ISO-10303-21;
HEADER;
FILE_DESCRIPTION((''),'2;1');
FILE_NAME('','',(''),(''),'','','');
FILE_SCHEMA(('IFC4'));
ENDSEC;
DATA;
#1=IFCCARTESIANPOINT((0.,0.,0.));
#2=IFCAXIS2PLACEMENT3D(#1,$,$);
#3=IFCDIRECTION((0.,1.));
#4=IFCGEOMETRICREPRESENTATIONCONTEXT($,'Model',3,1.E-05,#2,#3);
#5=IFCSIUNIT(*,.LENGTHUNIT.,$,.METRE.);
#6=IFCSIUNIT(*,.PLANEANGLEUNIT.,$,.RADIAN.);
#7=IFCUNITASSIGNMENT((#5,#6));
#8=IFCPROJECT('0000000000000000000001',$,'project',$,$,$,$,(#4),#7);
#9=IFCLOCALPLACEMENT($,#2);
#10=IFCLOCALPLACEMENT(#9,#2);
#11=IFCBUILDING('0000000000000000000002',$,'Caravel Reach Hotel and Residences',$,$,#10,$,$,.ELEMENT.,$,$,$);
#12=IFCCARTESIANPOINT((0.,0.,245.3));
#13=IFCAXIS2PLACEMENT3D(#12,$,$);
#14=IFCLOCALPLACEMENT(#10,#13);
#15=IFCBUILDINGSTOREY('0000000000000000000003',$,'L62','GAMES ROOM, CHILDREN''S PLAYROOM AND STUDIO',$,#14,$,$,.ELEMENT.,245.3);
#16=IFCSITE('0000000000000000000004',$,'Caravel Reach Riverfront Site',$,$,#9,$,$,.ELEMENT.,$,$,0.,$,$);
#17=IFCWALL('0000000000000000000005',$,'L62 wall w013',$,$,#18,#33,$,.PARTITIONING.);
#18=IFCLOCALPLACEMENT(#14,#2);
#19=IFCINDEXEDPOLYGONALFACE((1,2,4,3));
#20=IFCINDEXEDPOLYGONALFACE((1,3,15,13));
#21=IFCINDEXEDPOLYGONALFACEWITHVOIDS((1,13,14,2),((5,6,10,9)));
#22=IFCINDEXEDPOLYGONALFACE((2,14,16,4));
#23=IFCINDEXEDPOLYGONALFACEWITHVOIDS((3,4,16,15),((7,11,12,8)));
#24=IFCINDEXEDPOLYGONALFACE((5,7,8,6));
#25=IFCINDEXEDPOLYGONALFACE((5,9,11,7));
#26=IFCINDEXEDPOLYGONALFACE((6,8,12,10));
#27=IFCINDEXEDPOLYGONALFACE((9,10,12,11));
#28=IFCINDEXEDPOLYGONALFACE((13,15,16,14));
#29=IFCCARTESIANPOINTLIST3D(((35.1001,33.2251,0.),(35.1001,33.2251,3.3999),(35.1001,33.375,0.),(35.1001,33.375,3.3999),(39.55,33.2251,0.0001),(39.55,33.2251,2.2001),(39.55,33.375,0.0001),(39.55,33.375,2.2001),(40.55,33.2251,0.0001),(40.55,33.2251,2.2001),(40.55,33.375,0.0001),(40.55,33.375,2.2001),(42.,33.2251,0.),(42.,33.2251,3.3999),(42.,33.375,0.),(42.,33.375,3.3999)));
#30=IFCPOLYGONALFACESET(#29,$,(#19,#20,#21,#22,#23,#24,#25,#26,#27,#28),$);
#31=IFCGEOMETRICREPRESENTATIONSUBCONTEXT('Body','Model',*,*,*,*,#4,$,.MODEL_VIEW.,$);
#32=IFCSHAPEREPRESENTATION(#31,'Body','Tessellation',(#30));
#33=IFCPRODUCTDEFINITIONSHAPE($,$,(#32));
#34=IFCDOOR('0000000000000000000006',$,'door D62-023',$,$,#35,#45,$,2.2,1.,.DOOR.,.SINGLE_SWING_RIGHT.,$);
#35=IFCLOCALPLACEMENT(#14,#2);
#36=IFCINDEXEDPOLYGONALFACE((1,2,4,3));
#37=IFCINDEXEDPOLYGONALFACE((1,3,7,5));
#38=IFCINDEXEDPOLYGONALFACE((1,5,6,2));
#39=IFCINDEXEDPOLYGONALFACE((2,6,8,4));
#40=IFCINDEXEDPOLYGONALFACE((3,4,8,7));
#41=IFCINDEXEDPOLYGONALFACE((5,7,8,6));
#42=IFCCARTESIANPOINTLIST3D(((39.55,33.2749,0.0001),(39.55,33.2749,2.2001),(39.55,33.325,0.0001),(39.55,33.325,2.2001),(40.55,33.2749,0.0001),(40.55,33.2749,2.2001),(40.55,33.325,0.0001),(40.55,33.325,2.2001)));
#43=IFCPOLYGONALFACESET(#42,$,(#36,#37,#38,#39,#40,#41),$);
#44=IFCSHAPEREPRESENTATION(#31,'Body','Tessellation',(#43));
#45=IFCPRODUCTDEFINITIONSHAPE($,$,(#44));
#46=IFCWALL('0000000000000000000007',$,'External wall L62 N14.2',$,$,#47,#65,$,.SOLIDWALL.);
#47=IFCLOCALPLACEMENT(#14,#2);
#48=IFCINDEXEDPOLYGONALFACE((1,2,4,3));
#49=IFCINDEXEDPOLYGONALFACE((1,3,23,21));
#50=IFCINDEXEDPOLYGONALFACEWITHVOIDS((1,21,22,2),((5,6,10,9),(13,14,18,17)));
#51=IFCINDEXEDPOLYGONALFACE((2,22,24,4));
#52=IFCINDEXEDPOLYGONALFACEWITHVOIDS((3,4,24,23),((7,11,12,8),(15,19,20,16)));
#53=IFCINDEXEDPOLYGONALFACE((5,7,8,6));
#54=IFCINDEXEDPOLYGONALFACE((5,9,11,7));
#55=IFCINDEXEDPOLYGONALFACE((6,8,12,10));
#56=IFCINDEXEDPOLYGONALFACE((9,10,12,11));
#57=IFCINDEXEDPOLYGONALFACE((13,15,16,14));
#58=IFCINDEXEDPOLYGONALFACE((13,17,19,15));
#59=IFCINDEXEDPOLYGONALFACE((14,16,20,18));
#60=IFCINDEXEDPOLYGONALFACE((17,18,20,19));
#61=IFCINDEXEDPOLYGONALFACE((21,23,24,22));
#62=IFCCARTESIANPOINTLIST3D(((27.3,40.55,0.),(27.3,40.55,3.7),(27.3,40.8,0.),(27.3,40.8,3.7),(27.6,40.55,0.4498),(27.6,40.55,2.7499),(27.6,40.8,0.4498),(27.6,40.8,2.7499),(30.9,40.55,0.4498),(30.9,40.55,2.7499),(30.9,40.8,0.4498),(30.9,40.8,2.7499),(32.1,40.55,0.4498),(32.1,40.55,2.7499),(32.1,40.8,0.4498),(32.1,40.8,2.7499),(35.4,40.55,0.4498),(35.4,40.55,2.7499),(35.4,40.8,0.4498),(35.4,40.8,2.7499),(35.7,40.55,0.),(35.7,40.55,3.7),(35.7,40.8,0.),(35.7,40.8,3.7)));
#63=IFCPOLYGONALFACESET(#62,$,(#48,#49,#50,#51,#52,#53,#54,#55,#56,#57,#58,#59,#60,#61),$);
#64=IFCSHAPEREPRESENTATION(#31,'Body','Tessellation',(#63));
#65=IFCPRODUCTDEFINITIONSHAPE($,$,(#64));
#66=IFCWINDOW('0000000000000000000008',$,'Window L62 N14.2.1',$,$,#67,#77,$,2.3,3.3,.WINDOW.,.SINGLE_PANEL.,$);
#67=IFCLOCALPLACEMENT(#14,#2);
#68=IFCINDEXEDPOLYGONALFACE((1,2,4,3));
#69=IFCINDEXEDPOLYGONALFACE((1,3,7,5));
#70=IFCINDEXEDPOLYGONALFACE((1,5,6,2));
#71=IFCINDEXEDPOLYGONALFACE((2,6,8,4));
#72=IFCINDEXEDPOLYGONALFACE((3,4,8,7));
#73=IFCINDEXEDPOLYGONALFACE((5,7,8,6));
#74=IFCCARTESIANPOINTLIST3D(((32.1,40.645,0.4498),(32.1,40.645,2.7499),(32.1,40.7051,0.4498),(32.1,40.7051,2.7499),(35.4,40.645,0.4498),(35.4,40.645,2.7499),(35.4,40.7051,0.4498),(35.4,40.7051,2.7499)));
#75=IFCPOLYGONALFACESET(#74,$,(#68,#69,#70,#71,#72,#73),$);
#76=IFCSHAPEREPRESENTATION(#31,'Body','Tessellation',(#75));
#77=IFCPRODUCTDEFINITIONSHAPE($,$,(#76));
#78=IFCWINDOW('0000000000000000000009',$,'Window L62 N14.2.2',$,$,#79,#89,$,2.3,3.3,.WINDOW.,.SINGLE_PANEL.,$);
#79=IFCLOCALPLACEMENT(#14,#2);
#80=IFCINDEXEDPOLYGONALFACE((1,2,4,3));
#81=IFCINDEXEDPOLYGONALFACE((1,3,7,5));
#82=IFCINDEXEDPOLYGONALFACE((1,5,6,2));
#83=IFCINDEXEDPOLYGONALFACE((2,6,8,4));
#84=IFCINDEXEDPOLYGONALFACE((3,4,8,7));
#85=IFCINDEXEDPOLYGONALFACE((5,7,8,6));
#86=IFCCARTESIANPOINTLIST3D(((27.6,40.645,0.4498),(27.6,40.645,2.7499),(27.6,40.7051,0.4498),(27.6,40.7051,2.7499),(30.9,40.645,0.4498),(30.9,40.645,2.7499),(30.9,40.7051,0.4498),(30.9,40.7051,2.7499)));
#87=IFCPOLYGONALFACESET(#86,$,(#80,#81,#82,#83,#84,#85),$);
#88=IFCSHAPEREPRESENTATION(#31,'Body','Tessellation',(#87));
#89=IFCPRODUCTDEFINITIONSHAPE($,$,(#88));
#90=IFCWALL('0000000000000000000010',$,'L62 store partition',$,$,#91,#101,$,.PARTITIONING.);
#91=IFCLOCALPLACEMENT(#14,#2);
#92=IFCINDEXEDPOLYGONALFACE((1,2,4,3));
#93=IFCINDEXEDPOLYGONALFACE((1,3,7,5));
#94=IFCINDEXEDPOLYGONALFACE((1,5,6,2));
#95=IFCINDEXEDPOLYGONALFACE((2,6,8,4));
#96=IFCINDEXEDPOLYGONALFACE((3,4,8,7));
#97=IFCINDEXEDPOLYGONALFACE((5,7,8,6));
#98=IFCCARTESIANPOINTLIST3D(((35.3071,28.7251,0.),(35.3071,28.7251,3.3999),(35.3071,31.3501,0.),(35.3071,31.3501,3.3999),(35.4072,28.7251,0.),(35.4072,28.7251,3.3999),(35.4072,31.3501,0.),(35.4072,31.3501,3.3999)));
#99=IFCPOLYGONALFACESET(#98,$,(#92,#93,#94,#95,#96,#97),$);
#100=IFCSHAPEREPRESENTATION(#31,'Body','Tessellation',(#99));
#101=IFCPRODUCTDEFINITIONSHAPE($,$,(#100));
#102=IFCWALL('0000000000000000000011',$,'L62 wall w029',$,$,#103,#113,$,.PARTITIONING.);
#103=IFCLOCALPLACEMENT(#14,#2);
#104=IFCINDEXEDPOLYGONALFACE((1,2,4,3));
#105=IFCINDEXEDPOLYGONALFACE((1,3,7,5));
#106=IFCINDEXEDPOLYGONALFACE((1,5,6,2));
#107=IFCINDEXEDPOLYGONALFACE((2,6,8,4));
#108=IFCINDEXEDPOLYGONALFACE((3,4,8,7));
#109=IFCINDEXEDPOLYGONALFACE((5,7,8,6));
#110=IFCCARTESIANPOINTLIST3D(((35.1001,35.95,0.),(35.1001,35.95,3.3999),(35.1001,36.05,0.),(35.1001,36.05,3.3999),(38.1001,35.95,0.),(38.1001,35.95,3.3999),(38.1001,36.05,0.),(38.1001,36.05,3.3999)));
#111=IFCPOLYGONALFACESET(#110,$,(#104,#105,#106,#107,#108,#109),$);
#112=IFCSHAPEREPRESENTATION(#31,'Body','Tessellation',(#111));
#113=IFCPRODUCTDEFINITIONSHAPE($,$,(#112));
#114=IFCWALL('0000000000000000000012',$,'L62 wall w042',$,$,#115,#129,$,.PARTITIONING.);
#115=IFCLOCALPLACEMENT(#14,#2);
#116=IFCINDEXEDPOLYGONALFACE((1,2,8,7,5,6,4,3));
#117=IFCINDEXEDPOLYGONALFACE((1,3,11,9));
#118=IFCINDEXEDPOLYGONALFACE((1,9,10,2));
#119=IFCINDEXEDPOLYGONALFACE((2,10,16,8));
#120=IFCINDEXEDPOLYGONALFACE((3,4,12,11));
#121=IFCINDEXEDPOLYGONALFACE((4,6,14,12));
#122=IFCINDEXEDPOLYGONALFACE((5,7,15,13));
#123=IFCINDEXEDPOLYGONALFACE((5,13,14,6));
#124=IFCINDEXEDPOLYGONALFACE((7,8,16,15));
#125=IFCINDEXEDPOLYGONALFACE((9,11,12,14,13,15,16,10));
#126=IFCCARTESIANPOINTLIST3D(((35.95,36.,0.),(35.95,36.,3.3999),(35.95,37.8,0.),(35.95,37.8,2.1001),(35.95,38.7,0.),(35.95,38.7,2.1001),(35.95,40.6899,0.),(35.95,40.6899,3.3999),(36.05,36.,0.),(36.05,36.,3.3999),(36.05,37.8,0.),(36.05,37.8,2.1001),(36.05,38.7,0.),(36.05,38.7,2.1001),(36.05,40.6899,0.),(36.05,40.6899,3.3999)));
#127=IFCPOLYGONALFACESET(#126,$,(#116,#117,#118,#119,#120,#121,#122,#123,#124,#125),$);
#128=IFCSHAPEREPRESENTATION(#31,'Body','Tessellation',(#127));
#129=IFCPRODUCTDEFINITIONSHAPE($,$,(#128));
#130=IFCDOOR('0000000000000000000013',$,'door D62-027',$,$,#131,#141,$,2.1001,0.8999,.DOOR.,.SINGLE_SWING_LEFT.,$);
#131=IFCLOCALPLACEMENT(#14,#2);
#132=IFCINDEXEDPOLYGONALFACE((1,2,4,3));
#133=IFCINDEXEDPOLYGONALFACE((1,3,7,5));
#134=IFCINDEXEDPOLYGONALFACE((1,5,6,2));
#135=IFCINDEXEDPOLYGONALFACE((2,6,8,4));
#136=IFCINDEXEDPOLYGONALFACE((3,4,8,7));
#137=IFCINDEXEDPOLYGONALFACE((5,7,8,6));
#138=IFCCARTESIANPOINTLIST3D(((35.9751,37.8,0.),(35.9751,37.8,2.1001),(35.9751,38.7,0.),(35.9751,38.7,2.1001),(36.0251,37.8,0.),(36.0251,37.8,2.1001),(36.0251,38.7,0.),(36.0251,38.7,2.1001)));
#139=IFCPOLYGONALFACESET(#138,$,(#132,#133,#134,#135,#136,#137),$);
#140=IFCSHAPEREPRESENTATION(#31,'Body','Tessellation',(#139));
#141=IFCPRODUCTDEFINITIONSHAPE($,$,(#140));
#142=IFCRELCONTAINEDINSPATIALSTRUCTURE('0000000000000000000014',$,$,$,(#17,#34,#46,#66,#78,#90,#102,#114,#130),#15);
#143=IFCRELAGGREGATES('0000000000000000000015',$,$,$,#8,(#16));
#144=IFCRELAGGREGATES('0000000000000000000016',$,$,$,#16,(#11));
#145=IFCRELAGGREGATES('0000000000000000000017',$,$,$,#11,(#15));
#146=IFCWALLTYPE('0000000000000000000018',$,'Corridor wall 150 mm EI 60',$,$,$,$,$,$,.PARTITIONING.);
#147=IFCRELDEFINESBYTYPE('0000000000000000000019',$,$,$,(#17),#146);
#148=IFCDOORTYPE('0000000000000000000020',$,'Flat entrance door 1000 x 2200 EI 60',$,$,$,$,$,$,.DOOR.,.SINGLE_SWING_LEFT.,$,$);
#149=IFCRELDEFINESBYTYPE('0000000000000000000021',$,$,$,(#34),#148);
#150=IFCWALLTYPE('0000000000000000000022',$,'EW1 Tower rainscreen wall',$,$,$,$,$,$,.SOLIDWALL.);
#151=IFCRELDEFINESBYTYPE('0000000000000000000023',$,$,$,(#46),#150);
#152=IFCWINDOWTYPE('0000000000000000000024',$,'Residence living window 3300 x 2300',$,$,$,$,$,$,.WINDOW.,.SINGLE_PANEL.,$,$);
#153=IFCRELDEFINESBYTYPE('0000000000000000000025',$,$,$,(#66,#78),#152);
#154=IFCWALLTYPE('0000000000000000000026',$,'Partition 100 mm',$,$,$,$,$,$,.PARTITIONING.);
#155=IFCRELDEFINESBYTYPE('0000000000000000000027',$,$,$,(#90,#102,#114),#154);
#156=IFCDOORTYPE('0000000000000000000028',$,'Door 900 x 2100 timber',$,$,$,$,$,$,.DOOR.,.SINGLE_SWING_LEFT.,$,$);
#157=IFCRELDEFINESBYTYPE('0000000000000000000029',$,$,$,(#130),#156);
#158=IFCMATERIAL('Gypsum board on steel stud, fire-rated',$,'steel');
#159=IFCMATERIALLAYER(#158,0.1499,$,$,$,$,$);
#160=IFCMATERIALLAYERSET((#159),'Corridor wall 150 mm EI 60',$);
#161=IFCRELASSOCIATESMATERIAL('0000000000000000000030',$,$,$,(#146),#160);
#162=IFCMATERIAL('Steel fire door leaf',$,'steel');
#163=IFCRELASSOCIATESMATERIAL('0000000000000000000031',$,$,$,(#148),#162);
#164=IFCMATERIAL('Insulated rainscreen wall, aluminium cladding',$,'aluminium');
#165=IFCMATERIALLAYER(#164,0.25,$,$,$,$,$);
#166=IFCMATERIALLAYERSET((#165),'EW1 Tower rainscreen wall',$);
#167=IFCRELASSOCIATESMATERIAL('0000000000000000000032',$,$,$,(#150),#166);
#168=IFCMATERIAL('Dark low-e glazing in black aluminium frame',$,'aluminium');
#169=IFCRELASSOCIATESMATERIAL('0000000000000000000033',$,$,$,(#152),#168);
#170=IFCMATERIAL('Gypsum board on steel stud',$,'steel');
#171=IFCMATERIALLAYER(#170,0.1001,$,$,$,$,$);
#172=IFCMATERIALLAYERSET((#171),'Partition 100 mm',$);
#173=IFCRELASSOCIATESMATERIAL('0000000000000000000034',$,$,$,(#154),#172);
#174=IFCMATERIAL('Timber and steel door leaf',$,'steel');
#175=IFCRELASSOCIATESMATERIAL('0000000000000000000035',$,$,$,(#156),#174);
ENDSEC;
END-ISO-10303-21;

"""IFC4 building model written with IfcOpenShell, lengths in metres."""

from ifc_helpers import new_model, si_unit, direction, frame, frame_2d, origin, place, context, subcontext, project, spatial, rectangle, extrude, material, layer, layer_set, type_object, element, fill, save


model = new_model("IFC4")

# Units and contexts
model_context = context("Model", 3, precision=1e-05, world=origin(), true_north=direction((0.0, 1.0)))
body_context = subcontext(model_context, "Body", "Model", "MODEL_VIEW")
ifc_project = project(units=[si_unit("LENGTHUNIT", "METRE"), si_unit("PLANEANGLEUNIT", "RADIAN")], contexts=[model_context])

# Site, building, storey
site_placement = place(None, origin())
site = spatial("IfcSite", under=ifc_project, at=site_placement, Name="Caravel Reach Riverfront Site", CompositionType="ELEMENT", RefElevation=0.0)
building_placement = place(site_placement, origin())
building = spatial("IfcBuilding", under=site, at=building_placement, Name="Caravel Reach Hotel and Residences", CompositionType="ELEMENT")
storey_placement = place(building_placement, frame((0.0, 0.0, 245.3)))
storey = spatial("IfcBuildingStorey", under=building, at=storey_placement, Name="L62", Description="GAMES ROOM, CHILDREN'S PLAYROOM AND STUDIO", CompositionType="ELEMENT", Elevation=245.3)

# Wall, opening, door
ifc_material_1 = material(Name="Gypsum board on steel stud, fire-rated", Category="steel")
ifc_layer_1 = layer(ifc_material_1, 0.1499)
ifc_layer_set_1 = layer_set([ifc_layer_1], Name="Corridor wall 150 mm EI 60")
wall_type_1 = type_object("IfcWallType", Name="Corridor wall 150 mm EI 60", PredefinedType="PARTITIONING", material=ifc_layer_set_1)
wall_1_placement = place(storey_placement, frame((35.1001, 33.3, 0.0), z_axis=(0.0, 0.0, 1.0), x_axis=(1.0, 0.0, 0.0)))
wall_1 = element("IfcWall", 1, at=wall_1_placement, inside=storey, type_object=wall_type_1, Name="L62 wall w013", PredefinedType="PARTITIONING", context=body_context, shape_type="SweptSolid", body=[
    extrude(rectangle(XDim=6.8999, YDim=0.1499, at=frame_2d((3.45, 0.0))), origin(), (0.0, 0.0, 1.0), 3.3999),
])
opening_1_placement = place(wall_1_placement, frame((4.45, 0.0, 0.0)))
opening_1 = element("IfcOpeningElement", 2, at=opening_1_placement, cuts=wall_1, PredefinedType="OPENING", context=body_context, shape_type="SweptSolid", body=[
    extrude(rectangle(XDim=1.0, YDim=2.2, at=frame_2d((0.5, 1.1001))), frame((0.0, 0.085, 0.0), z_axis=(0.0, -1.0, 0.0), x_axis=(1.0, 0.0, 0.0)), (0.0, 0.0, 1.0), 0.1699),
])
ifc_material_2 = material(Name="Steel fire door leaf", Category="steel")
door_type_1 = type_object("IfcDoorType", Name="Flat entrance door 1000 x 2200 EI 60", OperationType="SINGLE_SWING_LEFT", PredefinedType="DOOR", material=ifc_material_2)
door_1_placement = place(opening_1_placement, origin())
door_1 = element("IfcDoor", 3, at=door_1_placement, inside=storey, type_object=door_type_1, Name="door D62-023", OperationType="SINGLE_SWING_RIGHT", OverallHeight=2.2, OverallWidth=1.0, PredefinedType="DOOR", context=body_context, shape_type="SweptSolid", body=[
    extrude(rectangle(XDim=1.0, YDim=2.2, at=frame_2d((0.5, 1.1001))), frame((0.0, 0.0249, 0.0), z_axis=(0.0, -1.0, 0.0), x_axis=(1.0, 0.0, 0.0)), (0.0, 0.0, 1.0), 0.05),
])
fill(opening_1, door_1)

# Wall, openings, windows
ifc_material_3 = material(Name="Insulated rainscreen wall, aluminium cladding", Category="aluminium")
ifc_layer_2 = layer(ifc_material_3, 0.25)
ifc_layer_set_2 = layer_set([ifc_layer_2], Name="EW1 Tower rainscreen wall")
wall_type_2 = type_object("IfcWallType", Name="EW1 Tower rainscreen wall", PredefinedType="SOLIDWALL", material=ifc_layer_set_2)
wall_2_placement = place(storey_placement, frame((35.7, 40.675, 0.0), z_axis=(0.0, 0.0, 1.0), x_axis=(-1.0, 0.0, 0.0)))
wall_2 = element("IfcWall", 4, at=wall_2_placement, inside=storey, type_object=wall_type_2, Name="External wall L62 N14.2", PredefinedType="SOLIDWALL", context=body_context, shape_type="SweptSolid", body=[
    extrude(rectangle(XDim=8.3999, YDim=0.25, at=frame_2d((4.2, 0.0))), origin(), (0.0, 0.0, 1.0), 3.7),
])
opening_2_placement = place(wall_2_placement, frame((0.3, 0.0, 0.45)))
opening_2 = element("IfcOpeningElement", 5, at=opening_2_placement, cuts=wall_2, PredefinedType="OPENING", context=body_context, shape_type="SweptSolid", body=[
    extrude(rectangle(XDim=3.3, YDim=2.3, at=frame_2d((1.6499, 1.1499))), frame((0.0, 0.135, 0.0), z_axis=(0.0, -1.0, 0.0), x_axis=(1.0, 0.0, 0.0)), (0.0, 0.0, 1.0), 0.27),
])
opening_3_placement = place(wall_2_placement, frame((4.8, 0.0, 0.45)))
opening_3 = element("IfcOpeningElement", 6, at=opening_3_placement, cuts=wall_2, PredefinedType="OPENING", context=body_context, shape_type="SweptSolid", body=[
    extrude(rectangle(XDim=3.3, YDim=2.3, at=frame_2d((1.6499, 1.1499))), frame((0.0, 0.135, 0.0), z_axis=(0.0, -1.0, 0.0), x_axis=(1.0, 0.0, 0.0)), (0.0, 0.0, 1.0), 0.27),
])
ifc_material_4 = material(Name="Dark low-e glazing in black aluminium frame", Category="aluminium")
window_type = type_object("IfcWindowType", Name="Residence living window 3300 x 2300", PartitioningType="SINGLE_PANEL", PredefinedType="WINDOW", material=ifc_material_4)
window_1_placement = place(opening_2_placement, origin())
window_1 = element("IfcWindow", 7, at=window_1_placement, inside=storey, type_object=window_type, Name="Window L62 N14.2.1", OverallHeight=2.3, OverallWidth=3.3, PartitioningType="SINGLE_PANEL", PredefinedType="WINDOW", context=body_context, shape_type="SweptSolid", body=[
    extrude(rectangle(XDim=3.3, YDim=2.3, at=frame_2d((1.6499, 1.1499))), frame((0.0, 0.03, 0.0), z_axis=(0.0, -1.0, 0.0), x_axis=(1.0, 0.0, 0.0)), (0.0, 0.0, 1.0), 0.0601),
])
fill(opening_2, window_1)
window_2_placement = place(opening_3_placement, origin())
window_2 = element("IfcWindow", 8, at=window_2_placement, inside=storey, type_object=window_type, Name="Window L62 N14.2.2", OverallHeight=2.3, OverallWidth=3.3, PartitioningType="SINGLE_PANEL", PredefinedType="WINDOW", context=body_context, shape_type="SweptSolid", body=[
    extrude(rectangle(XDim=3.3, YDim=2.3, at=frame_2d((1.6499, 1.1499))), frame((0.0, 0.03, 0.0), z_axis=(0.0, -1.0, 0.0), x_axis=(1.0, 0.0, 0.0)), (0.0, 0.0, 1.0), 0.0601),
])
fill(opening_3, window_2)

# Walls
ifc_material_5 = material(Name="Gypsum board on steel stud", Category="steel")
ifc_layer_3 = layer(ifc_material_5, 0.1001)
ifc_layer_set_3 = layer_set([ifc_layer_3], Name="Partition 100 mm")
wall_type_3 = type_object("IfcWallType", Name="Partition 100 mm", PredefinedType="PARTITIONING", material=ifc_layer_set_3)
wall_3_placement = place(storey_placement, frame((35.3572, 28.7251, 0.0), z_axis=(0.0, 0.0, 1.0), x_axis=(0.0, 1.0, 0.0)))
element("IfcWall", 9, at=wall_3_placement, inside=storey, type_object=wall_type_3, Name="L62 store partition", PredefinedType="PARTITIONING", context=body_context, shape_type="SweptSolid", body=[
    extrude(rectangle(XDim=2.625, YDim=0.1001, at=frame_2d((1.3125, 0.0))), origin(), (0.0, 0.0, 1.0), 3.3999),
])
wall_4_placement = place(storey_placement, frame((35.1001, 36.0, 0.0), z_axis=(0.0, 0.0, 1.0), x_axis=(1.0, 0.0, 0.0)))
element("IfcWall", 10, at=wall_4_placement, inside=storey, type_object=wall_type_3, Name="L62 wall w029", PredefinedType="PARTITIONING", context=body_context, shape_type="SweptSolid", body=[
    extrude(rectangle(XDim=3.0, YDim=0.1001, at=frame_2d((1.5, 0.0))), origin(), (0.0, 0.0, 1.0), 3.3999),
])

# Wall, opening, door
wall_5_placement = place(storey_placement, frame((36.0, 36.0, 0.0), z_axis=(0.0, 0.0, 1.0), x_axis=(0.0, 1.0, 0.0)))
wall_5 = element("IfcWall", 11, at=wall_5_placement, inside=storey, type_object=wall_type_3, Name="L62 wall w042", PredefinedType="PARTITIONING", context=body_context, shape_type="SweptSolid", body=[
    extrude(rectangle(XDim=4.6899, YDim=0.1001, at=frame_2d((2.345, 0.0))), origin(), (0.0, 0.0, 1.0), 3.3999),
])
opening_4_placement = place(wall_5_placement, frame((1.8, 0.0, 0.0)))
opening_4 = element("IfcOpeningElement", 12, at=opening_4_placement, cuts=wall_5, PredefinedType="OPENING", context=body_context, shape_type="SweptSolid", body=[
    extrude(rectangle(XDim=0.8999, YDim=2.1001, at=frame_2d((0.45, 1.05))), frame((0.0, 0.0601, 0.0), z_axis=(0.0, -1.0, 0.0), x_axis=(1.0, 0.0, 0.0)), (0.0, 0.0, 1.0), 0.1201),
])
ifc_material_6 = material(Name="Timber and steel door leaf", Category="steel")
door_type_2 = type_object("IfcDoorType", Name="Door 900 x 2100 timber", OperationType="SINGLE_SWING_LEFT", PredefinedType="DOOR", material=ifc_material_6)
door_2_placement = place(opening_4_placement, origin())
door_2 = element("IfcDoor", 13, at=door_2_placement, inside=storey, type_object=door_type_2, Name="door D62-027", OperationType="SINGLE_SWING_LEFT", OverallHeight=2.1001, OverallWidth=0.8999, PredefinedType="DOOR", context=body_context, shape_type="SweptSolid", body=[
    extrude(rectangle(XDim=0.8999, YDim=2.1001, at=frame_2d((0.45, 1.05))), frame((0.0, 0.0249, 0.0), z_axis=(0.0, -1.0, 0.0), x_axis=(1.0, 0.0, 0.0)), (0.0, 0.0, 1.0), 0.05),
])
fill(opening_4, door_2)

save(model, "model.ifc")
